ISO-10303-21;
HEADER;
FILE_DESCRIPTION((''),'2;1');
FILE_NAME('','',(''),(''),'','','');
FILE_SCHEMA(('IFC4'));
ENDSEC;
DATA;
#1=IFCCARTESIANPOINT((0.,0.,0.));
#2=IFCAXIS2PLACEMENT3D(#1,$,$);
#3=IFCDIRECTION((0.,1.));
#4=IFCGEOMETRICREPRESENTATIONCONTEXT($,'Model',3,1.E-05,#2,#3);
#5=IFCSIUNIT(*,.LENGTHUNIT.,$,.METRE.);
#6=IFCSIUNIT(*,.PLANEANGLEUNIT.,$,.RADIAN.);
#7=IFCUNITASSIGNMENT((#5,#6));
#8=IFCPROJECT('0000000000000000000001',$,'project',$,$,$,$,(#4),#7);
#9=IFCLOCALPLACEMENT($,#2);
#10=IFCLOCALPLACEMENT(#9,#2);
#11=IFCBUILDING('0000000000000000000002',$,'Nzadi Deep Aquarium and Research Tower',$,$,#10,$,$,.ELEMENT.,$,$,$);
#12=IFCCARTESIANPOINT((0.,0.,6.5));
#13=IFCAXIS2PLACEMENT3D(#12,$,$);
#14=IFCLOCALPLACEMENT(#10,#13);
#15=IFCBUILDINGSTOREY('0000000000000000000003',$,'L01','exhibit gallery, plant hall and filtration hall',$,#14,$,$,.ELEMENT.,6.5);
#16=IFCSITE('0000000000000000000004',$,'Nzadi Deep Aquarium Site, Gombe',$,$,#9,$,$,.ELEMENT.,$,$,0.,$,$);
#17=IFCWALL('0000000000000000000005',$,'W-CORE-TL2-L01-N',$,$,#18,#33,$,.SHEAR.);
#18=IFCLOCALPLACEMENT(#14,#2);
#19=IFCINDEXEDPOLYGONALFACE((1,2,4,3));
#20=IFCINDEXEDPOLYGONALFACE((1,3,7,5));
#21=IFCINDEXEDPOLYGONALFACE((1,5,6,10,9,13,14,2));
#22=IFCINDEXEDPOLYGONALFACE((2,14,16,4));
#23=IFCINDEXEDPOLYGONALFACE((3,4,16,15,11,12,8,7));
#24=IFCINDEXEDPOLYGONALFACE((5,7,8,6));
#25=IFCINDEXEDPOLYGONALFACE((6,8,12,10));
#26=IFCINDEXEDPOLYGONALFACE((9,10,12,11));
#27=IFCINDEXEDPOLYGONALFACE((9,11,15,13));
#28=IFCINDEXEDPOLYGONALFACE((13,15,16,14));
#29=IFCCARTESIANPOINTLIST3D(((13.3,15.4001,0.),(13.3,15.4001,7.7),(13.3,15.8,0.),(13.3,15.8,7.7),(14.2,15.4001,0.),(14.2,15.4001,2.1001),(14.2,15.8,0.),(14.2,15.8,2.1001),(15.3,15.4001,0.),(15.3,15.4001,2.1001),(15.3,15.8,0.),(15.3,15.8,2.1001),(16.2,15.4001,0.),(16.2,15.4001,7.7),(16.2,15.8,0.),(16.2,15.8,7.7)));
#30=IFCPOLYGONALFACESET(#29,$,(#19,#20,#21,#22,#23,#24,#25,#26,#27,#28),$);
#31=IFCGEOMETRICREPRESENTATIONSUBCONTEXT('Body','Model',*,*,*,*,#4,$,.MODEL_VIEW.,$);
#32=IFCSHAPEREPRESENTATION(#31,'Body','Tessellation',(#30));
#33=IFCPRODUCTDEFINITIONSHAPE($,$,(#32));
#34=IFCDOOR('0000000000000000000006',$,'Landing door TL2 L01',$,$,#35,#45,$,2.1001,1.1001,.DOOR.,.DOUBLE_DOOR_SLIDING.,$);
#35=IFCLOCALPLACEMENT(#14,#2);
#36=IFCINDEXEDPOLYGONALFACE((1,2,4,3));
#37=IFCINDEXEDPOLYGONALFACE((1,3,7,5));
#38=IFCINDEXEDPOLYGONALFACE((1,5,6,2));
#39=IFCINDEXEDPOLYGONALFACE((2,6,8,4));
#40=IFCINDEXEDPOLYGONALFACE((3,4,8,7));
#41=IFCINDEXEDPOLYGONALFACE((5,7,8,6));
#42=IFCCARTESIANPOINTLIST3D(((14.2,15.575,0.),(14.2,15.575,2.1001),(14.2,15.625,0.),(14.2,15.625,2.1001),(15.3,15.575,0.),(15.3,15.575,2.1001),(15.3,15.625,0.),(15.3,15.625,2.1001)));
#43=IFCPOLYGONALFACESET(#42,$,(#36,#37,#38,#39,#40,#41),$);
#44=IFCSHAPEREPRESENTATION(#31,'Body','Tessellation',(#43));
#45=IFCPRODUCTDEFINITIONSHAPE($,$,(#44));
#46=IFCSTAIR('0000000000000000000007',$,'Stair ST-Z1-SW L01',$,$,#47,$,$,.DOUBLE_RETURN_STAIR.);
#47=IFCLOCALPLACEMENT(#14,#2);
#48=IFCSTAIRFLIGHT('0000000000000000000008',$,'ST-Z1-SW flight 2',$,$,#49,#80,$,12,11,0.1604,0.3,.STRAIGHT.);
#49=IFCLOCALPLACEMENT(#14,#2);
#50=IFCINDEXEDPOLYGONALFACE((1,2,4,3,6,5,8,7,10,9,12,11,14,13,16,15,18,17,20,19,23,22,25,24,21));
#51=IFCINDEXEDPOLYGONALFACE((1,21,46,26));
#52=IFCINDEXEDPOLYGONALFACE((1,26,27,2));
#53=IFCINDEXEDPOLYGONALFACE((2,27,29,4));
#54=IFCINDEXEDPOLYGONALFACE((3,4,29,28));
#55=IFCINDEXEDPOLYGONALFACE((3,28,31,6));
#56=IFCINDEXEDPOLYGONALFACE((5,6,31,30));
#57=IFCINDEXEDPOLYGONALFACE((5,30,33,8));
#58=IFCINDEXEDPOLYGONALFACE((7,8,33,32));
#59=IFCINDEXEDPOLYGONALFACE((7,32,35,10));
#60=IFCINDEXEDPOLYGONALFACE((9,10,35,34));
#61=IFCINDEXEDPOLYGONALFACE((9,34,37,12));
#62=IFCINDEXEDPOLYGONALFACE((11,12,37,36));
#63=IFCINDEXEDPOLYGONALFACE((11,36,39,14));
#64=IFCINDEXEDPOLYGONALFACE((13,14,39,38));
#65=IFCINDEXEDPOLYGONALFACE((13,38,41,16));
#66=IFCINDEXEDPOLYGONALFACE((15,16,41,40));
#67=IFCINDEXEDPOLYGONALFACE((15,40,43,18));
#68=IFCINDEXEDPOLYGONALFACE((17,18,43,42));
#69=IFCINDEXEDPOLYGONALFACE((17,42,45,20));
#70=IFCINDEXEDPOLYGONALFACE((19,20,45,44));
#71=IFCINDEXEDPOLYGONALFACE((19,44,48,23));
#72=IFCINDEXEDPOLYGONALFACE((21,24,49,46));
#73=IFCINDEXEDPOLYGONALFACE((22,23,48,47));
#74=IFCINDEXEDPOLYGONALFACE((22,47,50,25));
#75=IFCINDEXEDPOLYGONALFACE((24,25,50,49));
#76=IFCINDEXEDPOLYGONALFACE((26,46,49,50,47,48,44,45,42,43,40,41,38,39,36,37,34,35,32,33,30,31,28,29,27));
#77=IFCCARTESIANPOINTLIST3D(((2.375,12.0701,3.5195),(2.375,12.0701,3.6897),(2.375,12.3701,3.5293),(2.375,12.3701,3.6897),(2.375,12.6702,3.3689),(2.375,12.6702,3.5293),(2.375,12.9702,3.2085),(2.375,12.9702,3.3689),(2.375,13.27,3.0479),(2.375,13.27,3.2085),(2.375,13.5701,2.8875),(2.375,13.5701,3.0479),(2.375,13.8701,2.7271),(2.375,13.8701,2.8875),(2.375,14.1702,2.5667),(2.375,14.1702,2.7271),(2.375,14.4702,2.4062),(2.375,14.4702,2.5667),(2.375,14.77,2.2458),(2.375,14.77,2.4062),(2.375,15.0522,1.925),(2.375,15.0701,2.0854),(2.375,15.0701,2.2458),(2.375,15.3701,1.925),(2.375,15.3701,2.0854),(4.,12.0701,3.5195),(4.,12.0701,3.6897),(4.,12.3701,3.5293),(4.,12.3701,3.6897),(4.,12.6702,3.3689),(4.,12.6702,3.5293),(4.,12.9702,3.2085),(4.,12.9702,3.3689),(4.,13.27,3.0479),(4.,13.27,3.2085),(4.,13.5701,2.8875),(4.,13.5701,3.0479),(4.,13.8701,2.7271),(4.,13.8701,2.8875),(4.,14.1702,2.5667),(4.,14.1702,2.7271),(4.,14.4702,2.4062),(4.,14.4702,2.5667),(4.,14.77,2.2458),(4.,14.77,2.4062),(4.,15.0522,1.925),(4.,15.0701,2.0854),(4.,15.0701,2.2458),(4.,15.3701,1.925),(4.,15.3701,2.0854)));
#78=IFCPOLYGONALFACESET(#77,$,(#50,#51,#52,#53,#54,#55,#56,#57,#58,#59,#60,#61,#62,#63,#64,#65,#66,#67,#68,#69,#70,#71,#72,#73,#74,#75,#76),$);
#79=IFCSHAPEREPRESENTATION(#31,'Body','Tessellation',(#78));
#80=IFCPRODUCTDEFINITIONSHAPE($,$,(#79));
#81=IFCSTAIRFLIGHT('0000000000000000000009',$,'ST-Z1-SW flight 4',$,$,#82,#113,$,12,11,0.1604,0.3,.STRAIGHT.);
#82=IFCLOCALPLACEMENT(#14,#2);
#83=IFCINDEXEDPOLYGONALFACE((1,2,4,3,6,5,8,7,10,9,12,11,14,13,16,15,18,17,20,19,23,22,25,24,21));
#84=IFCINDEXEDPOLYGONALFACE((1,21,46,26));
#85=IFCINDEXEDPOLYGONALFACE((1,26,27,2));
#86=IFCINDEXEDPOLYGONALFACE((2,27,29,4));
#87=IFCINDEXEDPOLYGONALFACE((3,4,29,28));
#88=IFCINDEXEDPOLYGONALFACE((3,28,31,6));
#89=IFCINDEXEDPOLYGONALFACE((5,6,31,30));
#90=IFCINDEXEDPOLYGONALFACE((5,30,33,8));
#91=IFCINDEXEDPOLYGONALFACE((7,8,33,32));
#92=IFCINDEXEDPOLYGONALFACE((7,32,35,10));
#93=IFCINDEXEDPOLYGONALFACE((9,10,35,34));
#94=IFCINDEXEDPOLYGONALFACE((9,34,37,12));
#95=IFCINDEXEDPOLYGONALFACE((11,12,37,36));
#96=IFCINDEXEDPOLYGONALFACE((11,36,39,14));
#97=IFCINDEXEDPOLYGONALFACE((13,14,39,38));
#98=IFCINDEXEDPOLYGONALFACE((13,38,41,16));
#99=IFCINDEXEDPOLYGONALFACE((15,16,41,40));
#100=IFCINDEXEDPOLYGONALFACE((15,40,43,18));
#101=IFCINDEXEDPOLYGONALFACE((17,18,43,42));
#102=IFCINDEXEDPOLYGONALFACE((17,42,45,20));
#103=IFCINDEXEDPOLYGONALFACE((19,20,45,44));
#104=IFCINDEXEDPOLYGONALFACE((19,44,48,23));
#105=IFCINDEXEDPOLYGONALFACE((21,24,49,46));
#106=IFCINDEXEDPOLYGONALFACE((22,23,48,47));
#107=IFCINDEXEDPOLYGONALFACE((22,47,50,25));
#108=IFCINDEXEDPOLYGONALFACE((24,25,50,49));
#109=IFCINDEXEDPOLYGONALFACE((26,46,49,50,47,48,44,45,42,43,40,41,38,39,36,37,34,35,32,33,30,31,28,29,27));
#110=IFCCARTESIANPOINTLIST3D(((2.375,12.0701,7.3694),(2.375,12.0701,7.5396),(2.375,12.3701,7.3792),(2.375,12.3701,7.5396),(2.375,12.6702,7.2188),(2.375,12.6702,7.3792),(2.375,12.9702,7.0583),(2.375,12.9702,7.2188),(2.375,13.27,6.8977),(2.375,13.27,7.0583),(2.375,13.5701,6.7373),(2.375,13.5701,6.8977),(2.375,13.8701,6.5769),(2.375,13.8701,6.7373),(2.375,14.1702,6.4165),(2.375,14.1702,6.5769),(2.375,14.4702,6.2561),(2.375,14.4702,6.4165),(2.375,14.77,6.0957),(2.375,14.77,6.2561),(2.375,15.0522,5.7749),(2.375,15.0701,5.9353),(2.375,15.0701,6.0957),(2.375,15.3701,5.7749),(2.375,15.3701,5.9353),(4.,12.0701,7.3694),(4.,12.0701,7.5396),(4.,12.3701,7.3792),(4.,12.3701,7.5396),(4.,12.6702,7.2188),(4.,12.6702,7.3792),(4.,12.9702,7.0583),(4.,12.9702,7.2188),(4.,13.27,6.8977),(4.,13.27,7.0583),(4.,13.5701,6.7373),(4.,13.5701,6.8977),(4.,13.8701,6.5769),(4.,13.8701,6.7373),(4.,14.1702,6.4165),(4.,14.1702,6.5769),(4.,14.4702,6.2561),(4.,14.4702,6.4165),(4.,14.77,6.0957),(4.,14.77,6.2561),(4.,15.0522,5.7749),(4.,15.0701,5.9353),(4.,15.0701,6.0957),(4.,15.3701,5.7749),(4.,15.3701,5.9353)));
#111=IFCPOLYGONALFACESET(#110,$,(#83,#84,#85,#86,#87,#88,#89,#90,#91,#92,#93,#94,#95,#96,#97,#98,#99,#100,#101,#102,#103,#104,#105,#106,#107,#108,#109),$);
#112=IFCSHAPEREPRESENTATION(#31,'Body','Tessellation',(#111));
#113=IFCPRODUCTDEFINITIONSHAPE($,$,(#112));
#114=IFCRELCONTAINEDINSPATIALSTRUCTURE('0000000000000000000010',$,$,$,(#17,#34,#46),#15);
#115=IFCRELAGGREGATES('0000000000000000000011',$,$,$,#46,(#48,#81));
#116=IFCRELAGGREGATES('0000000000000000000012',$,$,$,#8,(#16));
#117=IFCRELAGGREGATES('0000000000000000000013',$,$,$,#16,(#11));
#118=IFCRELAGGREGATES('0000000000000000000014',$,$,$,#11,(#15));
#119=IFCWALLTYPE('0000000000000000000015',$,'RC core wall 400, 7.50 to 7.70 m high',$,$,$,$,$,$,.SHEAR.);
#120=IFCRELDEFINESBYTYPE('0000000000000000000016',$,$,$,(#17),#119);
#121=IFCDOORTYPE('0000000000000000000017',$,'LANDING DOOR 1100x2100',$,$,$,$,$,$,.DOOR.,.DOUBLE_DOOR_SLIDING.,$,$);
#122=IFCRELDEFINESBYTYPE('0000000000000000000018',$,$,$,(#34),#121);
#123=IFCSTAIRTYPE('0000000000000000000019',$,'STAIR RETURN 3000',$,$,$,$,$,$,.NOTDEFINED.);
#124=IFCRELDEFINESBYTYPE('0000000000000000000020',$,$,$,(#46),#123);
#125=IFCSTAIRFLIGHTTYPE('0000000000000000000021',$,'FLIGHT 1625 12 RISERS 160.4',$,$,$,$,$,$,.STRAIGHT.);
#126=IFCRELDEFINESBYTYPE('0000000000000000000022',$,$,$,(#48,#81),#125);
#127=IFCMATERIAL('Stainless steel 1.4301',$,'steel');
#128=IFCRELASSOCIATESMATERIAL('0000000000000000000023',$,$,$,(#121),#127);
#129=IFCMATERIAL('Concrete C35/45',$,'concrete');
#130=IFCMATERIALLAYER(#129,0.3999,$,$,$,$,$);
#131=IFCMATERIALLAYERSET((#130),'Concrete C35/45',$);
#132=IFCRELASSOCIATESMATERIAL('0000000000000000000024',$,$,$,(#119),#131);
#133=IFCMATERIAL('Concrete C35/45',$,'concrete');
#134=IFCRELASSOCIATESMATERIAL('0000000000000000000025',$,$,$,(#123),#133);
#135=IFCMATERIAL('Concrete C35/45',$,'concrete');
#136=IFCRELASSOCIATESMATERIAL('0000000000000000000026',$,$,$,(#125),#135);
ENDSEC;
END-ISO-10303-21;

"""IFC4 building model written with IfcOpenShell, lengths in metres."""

from ifc_helpers import new_model, si_unit, direction, frame, frame_2d, origin, place, context, subcontext, project, spatial, polyline, rectangle, outline, extrude, material, layer, layer_set, type_object, element, fill, aggregate, save


model = new_model("IFC4")

# Units and contexts
model_context = context("Model", 3, precision=1e-05, world=origin(), true_north=direction((0.0, 1.0)))
body_context = subcontext(model_context, "Body", "Model", "MODEL_VIEW")
ifc_project = project(units=[si_unit("LENGTHUNIT", "METRE"), si_unit("PLANEANGLEUNIT", "RADIAN")], contexts=[model_context])

# Site, building, storey
site_placement = place(None, origin())
site = spatial("IfcSite", under=ifc_project, at=site_placement, Name="Nzadi Deep Aquarium Site, Gombe", CompositionType="ELEMENT", RefElevation=0.0)
building_placement = place(site_placement, origin())
building = spatial("IfcBuilding", under=site, at=building_placement, Name="Nzadi Deep Aquarium and Research Tower", CompositionType="ELEMENT")
storey_placement = place(building_placement, frame((0.0, 0.0, 6.5)))
storey = spatial("IfcBuildingStorey", under=building, at=storey_placement, Name="L01", Description="exhibit gallery, plant hall and filtration hall", CompositionType="ELEMENT", Elevation=6.5)

# Shared definitions
ifc_material_1 = material(Name="Stainless steel 1.4301", Category="steel")
door_type_1 = type_object("IfcDoorType", Name="LANDING DOOR 1100x2100", OperationType="DOUBLE_DOOR_SLIDING", PredefinedType="DOOR", material=ifc_material_1)

# Shared definitions
ifc_material_2 = material(Name="Concrete C35/45", Category="concrete")
ifc_layer_1 = layer(ifc_material_2, 0.3999)
ifc_layer_set_1 = layer_set([ifc_layer_1], Name="Concrete C35/45")
wall_type_1 = type_object("IfcWallType", Name="RC core wall 400, 7.50 to 7.70 m high", PredefinedType="SHEAR", material=ifc_layer_set_1)

# Wall, opening, door
wall_1_placement = place(storey_placement, frame((13.3, 15.6001, 0.0), z_axis=(0.0, 0.0, 1.0), x_axis=(1.0, 0.0, 0.0)))
wall_1 = element("IfcWall", 1, at=wall_1_placement, inside=storey, type_object=wall_type_1, Name="W-CORE-TL2-L01-N", PredefinedType="SHEAR", context=body_context, shape_type="SweptSolid", body=[
    extrude(rectangle(XDim=2.8999, YDim=0.3999, at=frame_2d((1.45, 0.0))), origin(), (0.0, 0.0, 1.0), 7.7),
])
opening_1_placement = place(wall_1_placement, frame((0.8999, 0.0, 0.0)))
opening_1 = element("IfcOpeningElement", 2, at=opening_1_placement, cuts=wall_1, PredefinedType="OPENING", context=body_context, shape_type="SweptSolid", body=[
    extrude(rectangle(XDim=1.1001, YDim=2.1001, at=frame_2d((0.55, 1.05))), frame((0.0, 0.21, 0.0), z_axis=(0.0, -1.0, 0.0), x_axis=(1.0, 0.0, 0.0)), (0.0, 0.0, 1.0), 0.4199),
])
door_1_placement = place(opening_1_placement, origin())
door_1 = element("IfcDoor", 3, at=door_1_placement, inside=storey, type_object=door_type_1, Name="Landing door TL2 L01", OperationType="DOUBLE_DOOR_SLIDING", OverallHeight=2.1001, OverallWidth=1.1001, PredefinedType="DOOR", context=body_context, shape_type="SweptSolid", body=[
    extrude(rectangle(XDim=1.1001, YDim=2.1001, at=frame_2d((0.55, 1.05))), frame((0.0, 0.0249, 0.0), z_axis=(0.0, -1.0, 0.0), x_axis=(1.0, 0.0, 0.0)), (0.0, 0.0, 1.0), 0.05),
])
fill(opening_1, door_1)

# Stair, stair flights
ifc_material_3 = material(Name="Concrete C35/45", Category="concrete")
stair_type = type_object("IfcStairType", Name="STAIR RETURN 3000", PredefinedType="NOTDEFINED", material=ifc_material_3)
stair_placement = place(storey_placement, origin())
stair = element("IfcStair", 4, at=stair_placement, inside=storey, type_object=stair_type, Name="Stair ST-Z1-SW L01", PredefinedType="DOUBLE_RETURN_STAIR")
ifc_material_4 = material(Name="Concrete C35/45", Category="concrete")
stair_flight_type = type_object("IfcStairFlightType", Name="FLIGHT 1625 12 RISERS 160.4", PredefinedType="STRAIGHT", material=ifc_material_4)
stair_flight_1_placement = place(storey_placement, frame((3.1875, 15.3701, 1.925), z_axis=(0.0, 0.0, 1.0), x_axis=(0.0, -1.0, 0.0)))
stair_flight_1 = element("IfcStairFlight", 5, at=stair_flight_1_placement, type_object=stair_flight_type, Name="ST-Z1-SW flight 2", NumberOfRisers=12, NumberOfTreads=11, PredefinedType="STRAIGHT", RiserHeight=0.1604, TreadLength=0.3, context=body_context, shape_type="SweptSolid", body=[
    extrude(outline(polyline([(0.0, 0.0), (0.0, 0.1604), (0.3, 0.1604), (0.3, 0.3208), (0.6001, 0.3208), (0.6001, 0.4812), (0.8999, 0.4812), (0.8999, 0.6416), (1.2, 0.6416), (1.2, 0.802), (1.5, 0.802), (1.5, 0.9624), (1.8, 0.9624), (1.8, 1.1228), (2.1001, 1.1228), (2.1001, 1.2834), (2.3999, 1.2834), (2.3999, 1.4438), (2.7, 1.4438), (2.7, 1.6042), (3.0, 1.6042), (3.0, 1.7646), (3.3, 1.7646), (3.3, 1.925), (3.3, 1.5945), (0.3179, 0.0), (0.0, 0.0)])), frame((0.0, 0.8125, 0.0), z_axis=(0.0, -1.0, 0.0), x_axis=(1.0, 0.0, 0.0)), (0.0, 0.0, 1.0), 1.625),
])
stair_flight_2_placement = place(storey_placement, frame((3.1875, 15.3701, 5.7749), z_axis=(0.0, 0.0, 1.0), x_axis=(0.0, -1.0, 0.0)))
stair_flight_2 = element("IfcStairFlight", 6, at=stair_flight_2_placement, type_object=stair_flight_type, Name="ST-Z1-SW flight 4", NumberOfRisers=12, NumberOfTreads=11, PredefinedType="STRAIGHT", RiserHeight=0.1604, TreadLength=0.3, context=body_context, shape_type="SweptSolid", body=[
    extrude(outline(polyline([(0.0, 0.0), (0.0, 0.1604), (0.3, 0.1604), (0.3, 0.3208), (0.6001, 0.3208), (0.6001, 0.4812), (0.8999, 0.4812), (0.8999, 0.6416), (1.2, 0.6416), (1.2, 0.802), (1.5, 0.802), (1.5, 0.9624), (1.8, 0.9624), (1.8, 1.1228), (2.1001, 1.1228), (2.1001, 1.2834), (2.3999, 1.2834), (2.3999, 1.4438), (2.7, 1.4438), (2.7, 1.6042), (3.0, 1.6042), (3.0, 1.7646), (3.3, 1.7646), (3.3, 1.925), (3.3, 1.5945), (0.3179, 0.0), (0.0, 0.0)])), frame((0.0, 0.8125, 0.0), z_axis=(0.0, -1.0, 0.0), x_axis=(1.0, 0.0, 0.0)), (0.0, 0.0, 1.0), 1.625),
])
aggregate(stair, [stair_flight_1, stair_flight_2])

save(model, "model.ifc")
